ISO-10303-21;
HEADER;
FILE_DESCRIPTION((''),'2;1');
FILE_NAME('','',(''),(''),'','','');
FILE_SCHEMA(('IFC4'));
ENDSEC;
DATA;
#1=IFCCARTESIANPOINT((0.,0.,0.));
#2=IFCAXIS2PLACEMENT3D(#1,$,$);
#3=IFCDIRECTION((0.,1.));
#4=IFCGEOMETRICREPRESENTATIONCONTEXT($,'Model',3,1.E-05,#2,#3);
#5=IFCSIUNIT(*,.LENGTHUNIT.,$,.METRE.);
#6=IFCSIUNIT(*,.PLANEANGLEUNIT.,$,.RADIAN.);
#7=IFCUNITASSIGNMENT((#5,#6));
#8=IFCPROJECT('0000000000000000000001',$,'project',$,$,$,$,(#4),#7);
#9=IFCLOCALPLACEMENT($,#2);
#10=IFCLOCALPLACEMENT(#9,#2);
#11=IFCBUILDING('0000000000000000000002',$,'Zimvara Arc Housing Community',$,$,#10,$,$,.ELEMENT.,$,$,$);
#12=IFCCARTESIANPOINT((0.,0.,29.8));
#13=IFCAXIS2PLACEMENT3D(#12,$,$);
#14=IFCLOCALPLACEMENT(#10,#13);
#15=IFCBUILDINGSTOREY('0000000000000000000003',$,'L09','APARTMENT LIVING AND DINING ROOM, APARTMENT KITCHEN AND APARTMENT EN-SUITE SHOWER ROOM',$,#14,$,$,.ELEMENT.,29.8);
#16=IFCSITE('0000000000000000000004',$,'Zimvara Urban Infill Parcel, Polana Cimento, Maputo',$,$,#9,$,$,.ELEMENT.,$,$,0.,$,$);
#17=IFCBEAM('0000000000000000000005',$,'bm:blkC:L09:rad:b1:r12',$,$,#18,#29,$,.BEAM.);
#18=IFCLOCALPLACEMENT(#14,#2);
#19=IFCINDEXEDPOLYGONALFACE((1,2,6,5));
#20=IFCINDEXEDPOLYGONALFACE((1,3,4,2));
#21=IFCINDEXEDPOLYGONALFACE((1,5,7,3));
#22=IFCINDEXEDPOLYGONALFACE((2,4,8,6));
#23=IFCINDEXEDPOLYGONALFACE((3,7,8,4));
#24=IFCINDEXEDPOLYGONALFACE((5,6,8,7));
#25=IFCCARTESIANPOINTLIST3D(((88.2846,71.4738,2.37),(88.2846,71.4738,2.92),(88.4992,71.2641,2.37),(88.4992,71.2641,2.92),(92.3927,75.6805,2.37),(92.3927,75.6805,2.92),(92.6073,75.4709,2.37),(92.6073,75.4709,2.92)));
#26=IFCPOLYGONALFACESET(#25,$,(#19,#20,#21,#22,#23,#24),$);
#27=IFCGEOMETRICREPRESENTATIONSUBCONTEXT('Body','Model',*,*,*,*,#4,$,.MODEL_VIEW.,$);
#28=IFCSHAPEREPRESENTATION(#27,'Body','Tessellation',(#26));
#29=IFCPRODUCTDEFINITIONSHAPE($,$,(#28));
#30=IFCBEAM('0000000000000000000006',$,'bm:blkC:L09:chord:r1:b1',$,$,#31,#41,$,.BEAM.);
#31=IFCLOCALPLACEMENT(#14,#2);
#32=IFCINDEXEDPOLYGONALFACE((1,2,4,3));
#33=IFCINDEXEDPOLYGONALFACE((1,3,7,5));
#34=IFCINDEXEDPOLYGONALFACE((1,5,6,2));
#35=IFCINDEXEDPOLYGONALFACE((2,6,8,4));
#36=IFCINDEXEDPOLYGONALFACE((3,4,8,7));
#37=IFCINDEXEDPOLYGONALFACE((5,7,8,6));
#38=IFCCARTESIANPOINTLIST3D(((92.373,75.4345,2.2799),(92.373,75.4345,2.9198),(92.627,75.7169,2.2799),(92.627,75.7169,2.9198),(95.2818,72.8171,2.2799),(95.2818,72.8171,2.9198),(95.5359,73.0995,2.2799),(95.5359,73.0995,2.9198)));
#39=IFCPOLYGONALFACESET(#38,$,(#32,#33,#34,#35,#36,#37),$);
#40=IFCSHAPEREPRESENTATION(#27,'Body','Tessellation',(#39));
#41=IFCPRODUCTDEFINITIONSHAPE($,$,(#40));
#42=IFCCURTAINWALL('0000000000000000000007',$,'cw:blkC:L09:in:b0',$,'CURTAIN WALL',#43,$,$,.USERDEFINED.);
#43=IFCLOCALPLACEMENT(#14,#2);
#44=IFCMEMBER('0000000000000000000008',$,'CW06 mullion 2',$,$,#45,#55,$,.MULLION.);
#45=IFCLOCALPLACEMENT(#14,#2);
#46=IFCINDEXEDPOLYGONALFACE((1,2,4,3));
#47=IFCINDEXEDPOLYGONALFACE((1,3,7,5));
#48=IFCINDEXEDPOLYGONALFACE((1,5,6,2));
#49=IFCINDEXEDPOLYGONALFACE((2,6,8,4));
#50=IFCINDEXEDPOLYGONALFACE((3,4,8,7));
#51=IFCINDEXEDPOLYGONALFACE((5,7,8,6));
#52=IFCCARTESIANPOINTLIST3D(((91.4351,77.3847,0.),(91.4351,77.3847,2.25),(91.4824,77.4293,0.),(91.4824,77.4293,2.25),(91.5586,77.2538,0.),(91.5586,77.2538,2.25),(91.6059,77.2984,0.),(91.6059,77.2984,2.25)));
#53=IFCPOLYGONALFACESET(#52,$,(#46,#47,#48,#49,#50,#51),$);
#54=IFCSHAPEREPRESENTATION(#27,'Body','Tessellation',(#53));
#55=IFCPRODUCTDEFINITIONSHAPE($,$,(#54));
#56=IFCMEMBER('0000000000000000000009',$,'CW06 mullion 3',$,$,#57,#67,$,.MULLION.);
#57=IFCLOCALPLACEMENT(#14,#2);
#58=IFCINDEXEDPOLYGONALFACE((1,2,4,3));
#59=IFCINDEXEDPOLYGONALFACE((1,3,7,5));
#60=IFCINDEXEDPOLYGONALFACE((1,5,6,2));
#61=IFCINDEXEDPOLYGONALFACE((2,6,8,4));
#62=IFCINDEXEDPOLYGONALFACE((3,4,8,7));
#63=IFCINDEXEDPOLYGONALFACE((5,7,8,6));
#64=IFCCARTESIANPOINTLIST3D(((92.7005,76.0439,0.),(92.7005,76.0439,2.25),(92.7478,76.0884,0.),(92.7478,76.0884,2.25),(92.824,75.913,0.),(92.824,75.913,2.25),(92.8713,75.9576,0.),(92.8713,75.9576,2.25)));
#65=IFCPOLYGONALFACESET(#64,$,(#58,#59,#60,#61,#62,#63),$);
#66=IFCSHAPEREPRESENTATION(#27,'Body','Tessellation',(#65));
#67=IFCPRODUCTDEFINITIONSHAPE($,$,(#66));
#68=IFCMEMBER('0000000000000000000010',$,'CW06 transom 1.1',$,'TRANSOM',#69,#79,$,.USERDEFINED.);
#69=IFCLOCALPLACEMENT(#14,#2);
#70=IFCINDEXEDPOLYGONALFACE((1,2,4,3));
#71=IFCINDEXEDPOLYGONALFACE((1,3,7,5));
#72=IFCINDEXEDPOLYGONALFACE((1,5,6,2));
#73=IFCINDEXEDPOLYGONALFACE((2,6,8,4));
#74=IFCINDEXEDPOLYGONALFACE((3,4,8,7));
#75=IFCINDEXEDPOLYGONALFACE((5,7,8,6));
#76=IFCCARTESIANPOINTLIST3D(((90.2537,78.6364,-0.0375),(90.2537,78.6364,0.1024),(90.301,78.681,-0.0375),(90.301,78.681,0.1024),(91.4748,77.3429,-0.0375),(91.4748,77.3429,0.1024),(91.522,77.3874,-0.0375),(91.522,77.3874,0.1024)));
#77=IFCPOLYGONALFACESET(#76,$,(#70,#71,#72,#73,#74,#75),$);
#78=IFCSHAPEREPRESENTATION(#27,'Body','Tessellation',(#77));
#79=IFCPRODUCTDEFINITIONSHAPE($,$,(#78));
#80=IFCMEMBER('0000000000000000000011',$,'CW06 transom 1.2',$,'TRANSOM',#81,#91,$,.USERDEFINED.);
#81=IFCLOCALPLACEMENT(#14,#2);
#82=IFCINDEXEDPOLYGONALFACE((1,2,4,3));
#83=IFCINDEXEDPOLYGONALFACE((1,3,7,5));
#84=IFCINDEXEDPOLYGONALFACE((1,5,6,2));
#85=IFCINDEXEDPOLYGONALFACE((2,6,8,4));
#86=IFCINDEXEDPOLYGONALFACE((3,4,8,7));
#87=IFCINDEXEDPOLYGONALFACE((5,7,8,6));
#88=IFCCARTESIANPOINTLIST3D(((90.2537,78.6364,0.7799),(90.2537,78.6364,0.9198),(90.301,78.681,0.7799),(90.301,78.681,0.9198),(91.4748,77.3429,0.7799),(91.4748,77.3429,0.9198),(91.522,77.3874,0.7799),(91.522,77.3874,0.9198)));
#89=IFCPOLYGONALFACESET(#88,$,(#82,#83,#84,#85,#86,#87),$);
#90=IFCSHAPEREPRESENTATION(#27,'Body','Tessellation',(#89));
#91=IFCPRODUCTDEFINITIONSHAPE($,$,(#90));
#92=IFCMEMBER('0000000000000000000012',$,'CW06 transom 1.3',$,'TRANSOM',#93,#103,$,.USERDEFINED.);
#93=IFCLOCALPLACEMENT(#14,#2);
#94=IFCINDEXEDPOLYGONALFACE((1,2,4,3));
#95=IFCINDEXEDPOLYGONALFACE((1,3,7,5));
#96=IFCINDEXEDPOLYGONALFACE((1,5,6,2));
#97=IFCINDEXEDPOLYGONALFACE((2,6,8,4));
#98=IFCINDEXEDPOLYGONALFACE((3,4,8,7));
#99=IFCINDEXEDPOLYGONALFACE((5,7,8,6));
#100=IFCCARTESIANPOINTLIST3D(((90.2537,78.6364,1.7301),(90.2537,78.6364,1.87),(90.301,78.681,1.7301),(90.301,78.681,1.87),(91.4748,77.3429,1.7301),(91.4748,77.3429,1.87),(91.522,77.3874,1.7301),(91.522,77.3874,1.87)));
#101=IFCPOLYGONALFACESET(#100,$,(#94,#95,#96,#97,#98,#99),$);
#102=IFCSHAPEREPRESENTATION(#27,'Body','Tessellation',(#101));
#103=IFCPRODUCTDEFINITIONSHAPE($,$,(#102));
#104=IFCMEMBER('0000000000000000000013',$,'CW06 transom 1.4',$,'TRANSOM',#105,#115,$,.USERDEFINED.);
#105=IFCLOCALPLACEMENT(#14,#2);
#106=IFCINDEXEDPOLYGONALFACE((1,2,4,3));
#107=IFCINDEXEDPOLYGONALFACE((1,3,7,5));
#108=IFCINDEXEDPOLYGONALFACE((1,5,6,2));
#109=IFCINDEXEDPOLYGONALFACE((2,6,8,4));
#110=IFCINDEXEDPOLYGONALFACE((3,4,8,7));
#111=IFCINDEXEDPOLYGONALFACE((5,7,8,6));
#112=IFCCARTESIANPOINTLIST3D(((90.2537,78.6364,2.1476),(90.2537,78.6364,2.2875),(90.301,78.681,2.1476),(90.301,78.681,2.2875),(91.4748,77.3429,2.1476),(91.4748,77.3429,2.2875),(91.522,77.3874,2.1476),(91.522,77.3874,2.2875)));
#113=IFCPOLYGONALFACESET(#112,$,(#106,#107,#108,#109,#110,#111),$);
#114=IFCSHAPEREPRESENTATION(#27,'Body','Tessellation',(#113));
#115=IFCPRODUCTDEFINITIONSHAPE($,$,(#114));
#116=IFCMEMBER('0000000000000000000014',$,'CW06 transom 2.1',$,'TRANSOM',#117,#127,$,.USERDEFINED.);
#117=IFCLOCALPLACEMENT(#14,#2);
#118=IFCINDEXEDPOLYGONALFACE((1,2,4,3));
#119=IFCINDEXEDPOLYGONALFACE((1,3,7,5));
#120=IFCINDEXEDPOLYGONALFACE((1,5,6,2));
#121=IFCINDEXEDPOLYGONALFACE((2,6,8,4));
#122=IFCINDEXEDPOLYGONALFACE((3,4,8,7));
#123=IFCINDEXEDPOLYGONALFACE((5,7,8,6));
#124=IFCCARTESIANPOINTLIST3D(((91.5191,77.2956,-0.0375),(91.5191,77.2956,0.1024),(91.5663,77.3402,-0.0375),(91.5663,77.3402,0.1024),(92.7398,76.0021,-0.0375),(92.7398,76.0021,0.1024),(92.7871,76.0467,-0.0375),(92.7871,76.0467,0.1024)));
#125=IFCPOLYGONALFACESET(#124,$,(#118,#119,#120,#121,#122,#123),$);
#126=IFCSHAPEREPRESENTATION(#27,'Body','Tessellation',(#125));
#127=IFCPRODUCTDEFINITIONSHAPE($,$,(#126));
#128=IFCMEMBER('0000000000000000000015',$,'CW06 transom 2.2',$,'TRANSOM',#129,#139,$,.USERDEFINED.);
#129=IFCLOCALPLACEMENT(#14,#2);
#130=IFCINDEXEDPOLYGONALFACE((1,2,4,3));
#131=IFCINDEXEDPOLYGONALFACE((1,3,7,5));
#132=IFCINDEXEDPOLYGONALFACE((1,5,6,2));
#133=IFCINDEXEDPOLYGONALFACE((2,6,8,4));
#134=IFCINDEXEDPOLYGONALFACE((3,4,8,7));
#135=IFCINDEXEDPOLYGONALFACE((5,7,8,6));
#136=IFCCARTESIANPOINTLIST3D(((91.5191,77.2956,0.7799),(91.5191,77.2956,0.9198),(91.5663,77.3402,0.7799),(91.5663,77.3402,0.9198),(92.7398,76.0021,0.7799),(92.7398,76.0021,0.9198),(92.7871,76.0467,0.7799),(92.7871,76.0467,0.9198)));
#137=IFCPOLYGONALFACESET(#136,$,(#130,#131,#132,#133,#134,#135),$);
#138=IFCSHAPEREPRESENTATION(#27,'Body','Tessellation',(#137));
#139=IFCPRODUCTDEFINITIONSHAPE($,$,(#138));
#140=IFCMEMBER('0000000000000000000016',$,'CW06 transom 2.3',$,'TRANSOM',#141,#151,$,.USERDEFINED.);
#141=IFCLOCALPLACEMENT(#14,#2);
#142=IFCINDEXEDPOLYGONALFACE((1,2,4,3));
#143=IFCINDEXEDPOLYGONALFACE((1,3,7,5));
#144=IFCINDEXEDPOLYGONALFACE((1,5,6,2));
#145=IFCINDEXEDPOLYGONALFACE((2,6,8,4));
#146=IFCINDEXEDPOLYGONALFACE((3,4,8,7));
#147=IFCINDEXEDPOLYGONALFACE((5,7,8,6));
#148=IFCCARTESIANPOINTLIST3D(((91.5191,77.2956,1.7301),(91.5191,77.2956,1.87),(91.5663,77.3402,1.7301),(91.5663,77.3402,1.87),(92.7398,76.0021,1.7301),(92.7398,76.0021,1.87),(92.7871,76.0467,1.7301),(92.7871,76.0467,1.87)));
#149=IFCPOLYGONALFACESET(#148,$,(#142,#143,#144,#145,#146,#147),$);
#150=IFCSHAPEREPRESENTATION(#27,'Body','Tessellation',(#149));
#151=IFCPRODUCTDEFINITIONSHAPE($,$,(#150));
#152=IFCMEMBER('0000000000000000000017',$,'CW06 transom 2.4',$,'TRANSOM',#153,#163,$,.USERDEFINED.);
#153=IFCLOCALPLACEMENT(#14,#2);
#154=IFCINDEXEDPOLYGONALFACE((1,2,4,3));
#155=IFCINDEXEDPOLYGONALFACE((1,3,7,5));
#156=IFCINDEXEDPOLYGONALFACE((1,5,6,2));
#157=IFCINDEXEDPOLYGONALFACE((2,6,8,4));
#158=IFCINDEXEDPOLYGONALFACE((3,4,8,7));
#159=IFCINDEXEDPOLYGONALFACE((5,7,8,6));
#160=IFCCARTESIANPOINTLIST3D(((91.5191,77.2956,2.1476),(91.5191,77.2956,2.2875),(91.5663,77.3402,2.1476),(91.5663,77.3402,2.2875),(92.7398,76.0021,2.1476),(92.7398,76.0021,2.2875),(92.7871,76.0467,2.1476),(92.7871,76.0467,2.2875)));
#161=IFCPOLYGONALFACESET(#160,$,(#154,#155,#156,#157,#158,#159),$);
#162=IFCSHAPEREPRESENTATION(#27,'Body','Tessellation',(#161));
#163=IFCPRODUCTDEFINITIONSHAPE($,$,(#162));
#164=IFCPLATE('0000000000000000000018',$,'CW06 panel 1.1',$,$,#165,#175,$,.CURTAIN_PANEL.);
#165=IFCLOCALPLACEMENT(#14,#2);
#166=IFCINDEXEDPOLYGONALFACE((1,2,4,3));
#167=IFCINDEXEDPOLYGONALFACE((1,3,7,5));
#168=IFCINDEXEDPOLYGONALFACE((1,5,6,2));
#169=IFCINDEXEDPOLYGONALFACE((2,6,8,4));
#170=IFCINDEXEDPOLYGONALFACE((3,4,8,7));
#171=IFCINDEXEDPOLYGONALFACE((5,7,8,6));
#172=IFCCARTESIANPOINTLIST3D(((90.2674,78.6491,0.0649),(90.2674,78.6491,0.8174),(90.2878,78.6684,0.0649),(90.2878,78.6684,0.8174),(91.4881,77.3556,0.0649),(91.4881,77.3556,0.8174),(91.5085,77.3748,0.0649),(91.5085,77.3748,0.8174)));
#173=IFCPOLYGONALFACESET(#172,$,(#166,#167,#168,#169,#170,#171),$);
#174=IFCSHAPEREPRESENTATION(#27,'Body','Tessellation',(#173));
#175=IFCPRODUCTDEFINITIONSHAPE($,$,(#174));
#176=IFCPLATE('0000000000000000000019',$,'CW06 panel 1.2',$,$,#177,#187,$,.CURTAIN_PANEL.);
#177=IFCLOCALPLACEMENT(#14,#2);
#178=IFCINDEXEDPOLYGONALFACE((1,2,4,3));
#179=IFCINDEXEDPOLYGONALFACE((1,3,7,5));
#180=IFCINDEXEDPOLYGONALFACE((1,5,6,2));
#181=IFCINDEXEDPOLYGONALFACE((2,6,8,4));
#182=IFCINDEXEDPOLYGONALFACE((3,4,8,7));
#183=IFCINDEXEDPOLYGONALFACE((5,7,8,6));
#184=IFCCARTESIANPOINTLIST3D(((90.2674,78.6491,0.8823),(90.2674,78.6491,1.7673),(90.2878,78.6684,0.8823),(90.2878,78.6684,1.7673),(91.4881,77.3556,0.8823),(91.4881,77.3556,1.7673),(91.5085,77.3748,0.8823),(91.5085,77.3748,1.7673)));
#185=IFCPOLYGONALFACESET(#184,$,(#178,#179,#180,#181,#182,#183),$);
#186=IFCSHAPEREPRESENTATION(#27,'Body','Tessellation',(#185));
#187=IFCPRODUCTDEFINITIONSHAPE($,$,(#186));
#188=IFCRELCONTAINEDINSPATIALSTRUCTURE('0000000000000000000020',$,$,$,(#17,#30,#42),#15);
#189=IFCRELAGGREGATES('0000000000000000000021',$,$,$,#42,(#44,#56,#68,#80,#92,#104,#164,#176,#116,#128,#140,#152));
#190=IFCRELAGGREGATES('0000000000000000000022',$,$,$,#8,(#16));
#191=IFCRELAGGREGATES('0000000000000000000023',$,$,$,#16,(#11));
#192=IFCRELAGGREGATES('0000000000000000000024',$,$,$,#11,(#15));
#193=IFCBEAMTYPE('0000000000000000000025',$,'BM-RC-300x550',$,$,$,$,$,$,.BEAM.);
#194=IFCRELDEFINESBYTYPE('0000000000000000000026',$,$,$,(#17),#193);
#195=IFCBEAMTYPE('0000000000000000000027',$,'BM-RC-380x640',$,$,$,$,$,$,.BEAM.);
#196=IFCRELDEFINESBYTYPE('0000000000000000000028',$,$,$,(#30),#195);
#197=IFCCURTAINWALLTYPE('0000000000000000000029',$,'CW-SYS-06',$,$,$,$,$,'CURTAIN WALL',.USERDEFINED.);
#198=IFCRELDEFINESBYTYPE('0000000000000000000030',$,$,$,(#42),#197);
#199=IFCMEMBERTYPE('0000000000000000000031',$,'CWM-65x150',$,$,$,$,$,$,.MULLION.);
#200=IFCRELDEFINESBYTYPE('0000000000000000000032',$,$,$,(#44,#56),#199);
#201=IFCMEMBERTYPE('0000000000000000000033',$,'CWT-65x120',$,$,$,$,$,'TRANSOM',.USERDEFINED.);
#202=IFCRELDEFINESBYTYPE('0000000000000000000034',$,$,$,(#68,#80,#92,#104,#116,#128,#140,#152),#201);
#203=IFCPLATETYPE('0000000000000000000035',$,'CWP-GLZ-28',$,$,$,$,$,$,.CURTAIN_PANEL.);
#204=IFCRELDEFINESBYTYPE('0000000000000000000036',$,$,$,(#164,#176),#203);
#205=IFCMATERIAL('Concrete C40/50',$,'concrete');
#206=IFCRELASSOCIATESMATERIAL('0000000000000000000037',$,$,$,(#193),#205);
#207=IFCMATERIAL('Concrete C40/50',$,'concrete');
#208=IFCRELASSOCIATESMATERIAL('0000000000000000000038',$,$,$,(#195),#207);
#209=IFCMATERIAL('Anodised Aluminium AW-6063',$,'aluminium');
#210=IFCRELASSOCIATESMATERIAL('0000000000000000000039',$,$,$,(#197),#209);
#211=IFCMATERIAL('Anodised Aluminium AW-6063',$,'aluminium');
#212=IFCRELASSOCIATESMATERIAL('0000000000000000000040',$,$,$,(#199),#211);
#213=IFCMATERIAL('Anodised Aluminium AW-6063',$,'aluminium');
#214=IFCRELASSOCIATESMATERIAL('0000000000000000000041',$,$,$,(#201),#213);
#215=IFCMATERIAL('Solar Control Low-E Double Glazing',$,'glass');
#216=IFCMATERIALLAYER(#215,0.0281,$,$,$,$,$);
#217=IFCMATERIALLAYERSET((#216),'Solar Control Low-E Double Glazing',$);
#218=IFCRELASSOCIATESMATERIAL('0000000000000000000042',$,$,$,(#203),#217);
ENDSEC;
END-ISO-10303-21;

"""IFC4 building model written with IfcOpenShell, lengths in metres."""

from ifc_helpers import new_model, si_unit, direction, frame, origin, origin_2d, place, context, subcontext, project, spatial, rectangle, extrude, material, layer, layer_set, material_profile, profile_set, type_object, element, aggregate, save


model = new_model("IFC4")

# Units and contexts
model_context = context("Model", 3, precision=1e-05, world=origin(), true_north=direction((0.0, 1.0)))
body_context = subcontext(model_context, "Body", "Model", "MODEL_VIEW")
ifc_project = project(units=[si_unit("LENGTHUNIT", "METRE"), si_unit("PLANEANGLEUNIT", "RADIAN")], contexts=[model_context])

# Site, building, storey
site_placement = place(None, origin())
site = spatial("IfcSite", under=ifc_project, at=site_placement, Name="Zimvara Urban Infill Parcel, Polana Cimento, Maputo", CompositionType="ELEMENT", RefElevation=0.0)
building_placement = place(site_placement, origin())
building = spatial("IfcBuilding", under=site, at=building_placement, Name="Zimvara Arc Housing Community", CompositionType="ELEMENT")
storey_placement = place(building_placement, frame((0.0, 0.0, 29.8)))
storey = spatial("IfcBuildingStorey", under=building, at=storey_placement, Name="L09", Description="APARTMENT LIVING AND DINING ROOM, APARTMENT KITCHEN AND APARTMENT EN-SUITE SHOWER ROOM", CompositionType="ELEMENT", Elevation=29.8)

# Beams
ifc_material_1 = material(Name="Concrete C40/50", Category="concrete")
ifc_material_profile_1 = material_profile(ifc_material_1, rectangle(XDim=0.3, YDim=0.55, at=origin_2d()), Name="RC 300x550")
ifc_profile_set_1 = profile_set([ifc_material_profile_1], Name="Concrete C40/50")
beam_type_1 = type_object("IfcBeamType", Name="BM-RC-300x550", PredefinedType="BEAM", material=ifc_profile_set_1)
beam_1_placement = place(storey_placement, frame((92.5, 75.5757, 2.645), z_axis=(-0.69867, -0.715444, 0.0), x_axis=(0.715444, -0.69867, 0.0)))
element("IfcBeam", 1, at=beam_1_placement, inside=storey, type_object=beam_type_1, Name="bm:blkC:L09:rad:b1:r12", PredefinedType="BEAM", context=body_context, shape_type="SweptSolid", body=[
    extrude(rectangle(XDim=0.3, YDim=0.55, at=origin_2d()), origin(), (0.0, 0.0, 1.0), 5.8799),
])
ifc_material_2 = material(Name="Concrete C40/50", Category="concrete")
ifc_material_profile_2 = material_profile(ifc_material_2, rectangle(XDim=0.3799, YDim=0.6399, at=origin_2d()), Name="RC 380x640")
ifc_profile_set_2 = profile_set([ifc_material_profile_2], Name="Concrete C40/50")
beam_type_2 = type_object("IfcBeamType", Name="BM-RC-380x640", PredefinedType="BEAM", material=ifc_profile_set_2)
beam_2_placement = place(storey_placement, frame((92.5, 75.5757, 2.5999), z_axis=(0.743372, -0.668879, 0.0), x_axis=(0.668879, 0.743372, 0.0)))
element("IfcBeam", 2, at=beam_2_placement, inside=storey, type_object=beam_type_2, Name="bm:blkC:L09:chord:r1:b1", PredefinedType="BEAM", context=body_context, shape_type="SweptSolid", body=[
    extrude(rectangle(XDim=0.3799, YDim=0.6399, at=origin_2d()), origin(), (0.0, 0.0, 1.0), 3.9131),
])

# Curtain wall, members, plates
ifc_material_3 = material(Name="Anodised Aluminium AW-6063", Category="aluminium")
curtain_wall_type = type_object("IfcCurtainWallType", Name="CW-SYS-06", ElementType="CURTAIN WALL", PredefinedType="USERDEFINED", material=ifc_material_3)
curtain_wall_placement = place(storey_placement, origin())
curtain_wall = element("IfcCurtainWall", 3, at=curtain_wall_placement, inside=storey, type_object=curtain_wall_type, Name="cw:blkC:L09:in:b0", ObjectType="CURTAIN WALL", PredefinedType="USERDEFINED")
ifc_material_4 = material(Name="Anodised Aluminium AW-6063", Category="aluminium")
ifc_material_profile_3 = material_profile(ifc_material_4, rectangle(XDim=0.0649, YDim=0.1799, at=origin_2d()), Name="ALU 65x180")
ifc_profile_set_3 = profile_set([ifc_material_profile_3], Name="Anodised Aluminium AW-6063")
member_type_1 = type_object("IfcMemberType", Name="CWM-65x150", PredefinedType="MULLION", material=ifc_profile_set_3)
member_1_placement = place(storey_placement, frame((91.5205, 77.3416, 0.0), z_axis=(0.0, 0.0, 1.0), x_axis=(0.727294, 0.686326, 0.0)))
member_1 = element("IfcMember", 4, at=member_1_placement, type_object=member_type_1, Name="CW06 mullion 2", PredefinedType="MULLION", context=body_context, shape_type="SweptSolid", body=[
    extrude(rectangle(XDim=0.0649, YDim=0.1799, at=origin_2d()), origin(), (0.0, 0.0, 1.0), 2.25),
])
member_2_placement = place(storey_placement, frame((92.7859, 76.0007, 0.0), z_axis=(0.0, 0.0, 1.0), x_axis=(0.727294, 0.686326, 0.0)))
member_2 = element("IfcMember", 5, at=member_2_placement, type_object=member_type_1, Name="CW06 mullion 3", PredefinedType="MULLION", context=body_context, shape_type="SweptSolid", body=[
    extrude(rectangle(XDim=0.0649, YDim=0.1799, at=origin_2d()), origin(), (0.0, 0.0, 1.0), 2.25),
])
ifc_material_5 = material(Name="Anodised Aluminium AW-6063", Category="aluminium")
ifc_material_profile_4 = material_profile(ifc_material_5, rectangle(XDim=0.0649, YDim=0.1399, at=origin_2d()), Name="ALU 65x140")
ifc_profile_set_4 = profile_set([ifc_material_profile_4], Name="Anodised Aluminium AW-6063")
member_type_2 = type_object("IfcMemberType", Name="CWT-65x120", ElementType="TRANSOM", PredefinedType="USERDEFINED", material=ifc_profile_set_4)
member_3_placement = place(storey_placement, frame((90.2773, 78.6587, 0.0325), z_axis=(0.68643, -0.727196, 0.0), x_axis=(0.727196, 0.68643, 0.0)))
member_3 = element("IfcMember", 6, at=member_3_placement, type_object=member_type_2, Name="CW06 transom 1.1", ObjectType="TRANSOM", PredefinedType="USERDEFINED", context=body_context, shape_type="SweptSolid", body=[
    extrude(rectangle(XDim=0.0649, YDim=0.1399, at=origin_2d()), origin(), (0.0, 0.0, 1.0), 1.7788),
])
member_4_placement = place(storey_placement, frame((90.2773, 78.6587, 0.8499), z_axis=(0.68643, -0.727196, 0.0), x_axis=(0.727196, 0.68643, 0.0)))
member_4 = element("IfcMember", 7, at=member_4_placement, type_object=member_type_2, Name="CW06 transom 1.2", ObjectType="TRANSOM", PredefinedType="USERDEFINED", context=body_context, shape_type="SweptSolid", body=[
    extrude(rectangle(XDim=0.0649, YDim=0.1399, at=origin_2d()), origin(), (0.0, 0.0, 1.0), 1.7788),
])
member_5_placement = place(storey_placement, frame((90.2773, 78.6587, 1.8), z_axis=(0.68643, -0.727196, 0.0), x_axis=(0.727196, 0.68643, 0.0)))
member_5 = element("IfcMember", 8, at=member_5_placement, type_object=member_type_2, Name="CW06 transom 1.3", ObjectType="TRANSOM", PredefinedType="USERDEFINED", context=body_context, shape_type="SweptSolid", body=[
    extrude(rectangle(XDim=0.0649, YDim=0.1399, at=origin_2d()), origin(), (0.0, 0.0, 1.0), 1.7788),
])
member_6_placement = place(storey_placement, frame((90.2773, 78.6587, 2.2175), z_axis=(0.68643, -0.727196, 0.0), x_axis=(0.727196, 0.68643, 0.0)))
member_6 = element("IfcMember", 9, at=member_6_placement, type_object=member_type_2, Name="CW06 transom 1.4", ObjectType="TRANSOM", PredefinedType="USERDEFINED", context=body_context, shape_type="SweptSolid", body=[
    extrude(rectangle(XDim=0.0649, YDim=0.1399, at=origin_2d()), origin(), (0.0, 0.0, 1.0), 1.7788),
])
member_7_placement = place(storey_placement, frame((91.5427, 77.3179, 0.0325), z_axis=(0.686357, -0.727264, 0.0), x_axis=(0.727264, 0.686357, 0.0)))
member_7 = element("IfcMember", 10, at=member_7_placement, type_object=member_type_2, Name="CW06 transom 2.1", ObjectType="TRANSOM", PredefinedType="USERDEFINED", context=body_context, shape_type="SweptSolid", body=[
    extrude(rectangle(XDim=0.0649, YDim=0.1399, at=origin_2d()), origin(), (0.0, 0.0, 1.0), 1.7786),
])
member_8_placement = place(storey_placement, frame((91.5427, 77.3179, 0.8499), z_axis=(0.686357, -0.727264, 0.0), x_axis=(0.727264, 0.686357, 0.0)))
member_8 = element("IfcMember", 11, at=member_8_placement, type_object=member_type_2, Name="CW06 transom 2.2", ObjectType="TRANSOM", PredefinedType="USERDEFINED", context=body_context, shape_type="SweptSolid", body=[
    extrude(rectangle(XDim=0.0649, YDim=0.1399, at=origin_2d()), origin(), (0.0, 0.0, 1.0), 1.7786),
])
member_9_placement = place(storey_placement, frame((91.5427, 77.3179, 1.8), z_axis=(0.686357, -0.727264, 0.0), x_axis=(0.727264, 0.686357, 0.0)))
member_9 = element("IfcMember", 12, at=member_9_placement, type_object=member_type_2, Name="CW06 transom 2.3", ObjectType="TRANSOM", PredefinedType="USERDEFINED", context=body_context, shape_type="SweptSolid", body=[
    extrude(rectangle(XDim=0.0649, YDim=0.1399, at=origin_2d()), origin(), (0.0, 0.0, 1.0), 1.7786),
])
member_10_placement = place(storey_placement, frame((91.5427, 77.3179, 2.2175), z_axis=(0.686357, -0.727264, 0.0), x_axis=(0.727264, 0.686357, 0.0)))
member_10 = element("IfcMember", 13, at=member_10_placement, type_object=member_type_2, Name="CW06 transom 2.4", ObjectType="TRANSOM", PredefinedType="USERDEFINED", context=body_context, shape_type="SweptSolid", body=[
    extrude(rectangle(XDim=0.0649, YDim=0.1399, at=origin_2d()), origin(), (0.0, 0.0, 1.0), 1.7786),
])
ifc_material_6 = material(Name="Solar Control Low-E Double Glazing", Category="glass")
ifc_layer_1 = layer(ifc_material_6, 0.0281)
ifc_layer_set_1 = layer_set([ifc_layer_1], Name="Solar Control Low-E Double Glazing")
plate_type = type_object("IfcPlateType", Name="CWP-GLZ-28", PredefinedType="CURTAIN_PANEL", material=ifc_layer_set_1)
plate_1_placement = place(storey_placement, frame((90.8879, 78.012, 0.0649), z_axis=(0.0, 0.0, 1.0), x_axis=(0.686326, -0.727294, 0.0)))
plate_1 = element("IfcPlate", 14, at=plate_1_placement, type_object=plate_type, Name="CW06 panel 1.1", PredefinedType="CURTAIN_PANEL", context=body_context, shape_type="SweptSolid", body=[
    extrude(rectangle(XDim=1.7786, YDim=0.0281, at=origin_2d()), origin(), (0.0, 0.0, 1.0), 0.7524),
])
plate_2_placement = place(storey_placement, frame((90.8879, 78.012, 0.8823), z_axis=(0.0, 0.0, 1.0), x_axis=(0.686326, -0.727294, 0.0)))
plate_2 = element("IfcPlate", 15, at=plate_2_placement, type_object=plate_type, Name="CW06 panel 1.2", PredefinedType="CURTAIN_PANEL", context=body_context, shape_type="SweptSolid", body=[
    extrude(rectangle(XDim=1.7786, YDim=0.0281, at=origin_2d()), origin(), (0.0, 0.0, 1.0), 0.885),
])
aggregate(curtain_wall, [member_1, member_2, member_3, member_4, member_5, member_6, plate_1, plate_2, member_7, member_8, member_9, member_10])

save(model, "model.ifc")
